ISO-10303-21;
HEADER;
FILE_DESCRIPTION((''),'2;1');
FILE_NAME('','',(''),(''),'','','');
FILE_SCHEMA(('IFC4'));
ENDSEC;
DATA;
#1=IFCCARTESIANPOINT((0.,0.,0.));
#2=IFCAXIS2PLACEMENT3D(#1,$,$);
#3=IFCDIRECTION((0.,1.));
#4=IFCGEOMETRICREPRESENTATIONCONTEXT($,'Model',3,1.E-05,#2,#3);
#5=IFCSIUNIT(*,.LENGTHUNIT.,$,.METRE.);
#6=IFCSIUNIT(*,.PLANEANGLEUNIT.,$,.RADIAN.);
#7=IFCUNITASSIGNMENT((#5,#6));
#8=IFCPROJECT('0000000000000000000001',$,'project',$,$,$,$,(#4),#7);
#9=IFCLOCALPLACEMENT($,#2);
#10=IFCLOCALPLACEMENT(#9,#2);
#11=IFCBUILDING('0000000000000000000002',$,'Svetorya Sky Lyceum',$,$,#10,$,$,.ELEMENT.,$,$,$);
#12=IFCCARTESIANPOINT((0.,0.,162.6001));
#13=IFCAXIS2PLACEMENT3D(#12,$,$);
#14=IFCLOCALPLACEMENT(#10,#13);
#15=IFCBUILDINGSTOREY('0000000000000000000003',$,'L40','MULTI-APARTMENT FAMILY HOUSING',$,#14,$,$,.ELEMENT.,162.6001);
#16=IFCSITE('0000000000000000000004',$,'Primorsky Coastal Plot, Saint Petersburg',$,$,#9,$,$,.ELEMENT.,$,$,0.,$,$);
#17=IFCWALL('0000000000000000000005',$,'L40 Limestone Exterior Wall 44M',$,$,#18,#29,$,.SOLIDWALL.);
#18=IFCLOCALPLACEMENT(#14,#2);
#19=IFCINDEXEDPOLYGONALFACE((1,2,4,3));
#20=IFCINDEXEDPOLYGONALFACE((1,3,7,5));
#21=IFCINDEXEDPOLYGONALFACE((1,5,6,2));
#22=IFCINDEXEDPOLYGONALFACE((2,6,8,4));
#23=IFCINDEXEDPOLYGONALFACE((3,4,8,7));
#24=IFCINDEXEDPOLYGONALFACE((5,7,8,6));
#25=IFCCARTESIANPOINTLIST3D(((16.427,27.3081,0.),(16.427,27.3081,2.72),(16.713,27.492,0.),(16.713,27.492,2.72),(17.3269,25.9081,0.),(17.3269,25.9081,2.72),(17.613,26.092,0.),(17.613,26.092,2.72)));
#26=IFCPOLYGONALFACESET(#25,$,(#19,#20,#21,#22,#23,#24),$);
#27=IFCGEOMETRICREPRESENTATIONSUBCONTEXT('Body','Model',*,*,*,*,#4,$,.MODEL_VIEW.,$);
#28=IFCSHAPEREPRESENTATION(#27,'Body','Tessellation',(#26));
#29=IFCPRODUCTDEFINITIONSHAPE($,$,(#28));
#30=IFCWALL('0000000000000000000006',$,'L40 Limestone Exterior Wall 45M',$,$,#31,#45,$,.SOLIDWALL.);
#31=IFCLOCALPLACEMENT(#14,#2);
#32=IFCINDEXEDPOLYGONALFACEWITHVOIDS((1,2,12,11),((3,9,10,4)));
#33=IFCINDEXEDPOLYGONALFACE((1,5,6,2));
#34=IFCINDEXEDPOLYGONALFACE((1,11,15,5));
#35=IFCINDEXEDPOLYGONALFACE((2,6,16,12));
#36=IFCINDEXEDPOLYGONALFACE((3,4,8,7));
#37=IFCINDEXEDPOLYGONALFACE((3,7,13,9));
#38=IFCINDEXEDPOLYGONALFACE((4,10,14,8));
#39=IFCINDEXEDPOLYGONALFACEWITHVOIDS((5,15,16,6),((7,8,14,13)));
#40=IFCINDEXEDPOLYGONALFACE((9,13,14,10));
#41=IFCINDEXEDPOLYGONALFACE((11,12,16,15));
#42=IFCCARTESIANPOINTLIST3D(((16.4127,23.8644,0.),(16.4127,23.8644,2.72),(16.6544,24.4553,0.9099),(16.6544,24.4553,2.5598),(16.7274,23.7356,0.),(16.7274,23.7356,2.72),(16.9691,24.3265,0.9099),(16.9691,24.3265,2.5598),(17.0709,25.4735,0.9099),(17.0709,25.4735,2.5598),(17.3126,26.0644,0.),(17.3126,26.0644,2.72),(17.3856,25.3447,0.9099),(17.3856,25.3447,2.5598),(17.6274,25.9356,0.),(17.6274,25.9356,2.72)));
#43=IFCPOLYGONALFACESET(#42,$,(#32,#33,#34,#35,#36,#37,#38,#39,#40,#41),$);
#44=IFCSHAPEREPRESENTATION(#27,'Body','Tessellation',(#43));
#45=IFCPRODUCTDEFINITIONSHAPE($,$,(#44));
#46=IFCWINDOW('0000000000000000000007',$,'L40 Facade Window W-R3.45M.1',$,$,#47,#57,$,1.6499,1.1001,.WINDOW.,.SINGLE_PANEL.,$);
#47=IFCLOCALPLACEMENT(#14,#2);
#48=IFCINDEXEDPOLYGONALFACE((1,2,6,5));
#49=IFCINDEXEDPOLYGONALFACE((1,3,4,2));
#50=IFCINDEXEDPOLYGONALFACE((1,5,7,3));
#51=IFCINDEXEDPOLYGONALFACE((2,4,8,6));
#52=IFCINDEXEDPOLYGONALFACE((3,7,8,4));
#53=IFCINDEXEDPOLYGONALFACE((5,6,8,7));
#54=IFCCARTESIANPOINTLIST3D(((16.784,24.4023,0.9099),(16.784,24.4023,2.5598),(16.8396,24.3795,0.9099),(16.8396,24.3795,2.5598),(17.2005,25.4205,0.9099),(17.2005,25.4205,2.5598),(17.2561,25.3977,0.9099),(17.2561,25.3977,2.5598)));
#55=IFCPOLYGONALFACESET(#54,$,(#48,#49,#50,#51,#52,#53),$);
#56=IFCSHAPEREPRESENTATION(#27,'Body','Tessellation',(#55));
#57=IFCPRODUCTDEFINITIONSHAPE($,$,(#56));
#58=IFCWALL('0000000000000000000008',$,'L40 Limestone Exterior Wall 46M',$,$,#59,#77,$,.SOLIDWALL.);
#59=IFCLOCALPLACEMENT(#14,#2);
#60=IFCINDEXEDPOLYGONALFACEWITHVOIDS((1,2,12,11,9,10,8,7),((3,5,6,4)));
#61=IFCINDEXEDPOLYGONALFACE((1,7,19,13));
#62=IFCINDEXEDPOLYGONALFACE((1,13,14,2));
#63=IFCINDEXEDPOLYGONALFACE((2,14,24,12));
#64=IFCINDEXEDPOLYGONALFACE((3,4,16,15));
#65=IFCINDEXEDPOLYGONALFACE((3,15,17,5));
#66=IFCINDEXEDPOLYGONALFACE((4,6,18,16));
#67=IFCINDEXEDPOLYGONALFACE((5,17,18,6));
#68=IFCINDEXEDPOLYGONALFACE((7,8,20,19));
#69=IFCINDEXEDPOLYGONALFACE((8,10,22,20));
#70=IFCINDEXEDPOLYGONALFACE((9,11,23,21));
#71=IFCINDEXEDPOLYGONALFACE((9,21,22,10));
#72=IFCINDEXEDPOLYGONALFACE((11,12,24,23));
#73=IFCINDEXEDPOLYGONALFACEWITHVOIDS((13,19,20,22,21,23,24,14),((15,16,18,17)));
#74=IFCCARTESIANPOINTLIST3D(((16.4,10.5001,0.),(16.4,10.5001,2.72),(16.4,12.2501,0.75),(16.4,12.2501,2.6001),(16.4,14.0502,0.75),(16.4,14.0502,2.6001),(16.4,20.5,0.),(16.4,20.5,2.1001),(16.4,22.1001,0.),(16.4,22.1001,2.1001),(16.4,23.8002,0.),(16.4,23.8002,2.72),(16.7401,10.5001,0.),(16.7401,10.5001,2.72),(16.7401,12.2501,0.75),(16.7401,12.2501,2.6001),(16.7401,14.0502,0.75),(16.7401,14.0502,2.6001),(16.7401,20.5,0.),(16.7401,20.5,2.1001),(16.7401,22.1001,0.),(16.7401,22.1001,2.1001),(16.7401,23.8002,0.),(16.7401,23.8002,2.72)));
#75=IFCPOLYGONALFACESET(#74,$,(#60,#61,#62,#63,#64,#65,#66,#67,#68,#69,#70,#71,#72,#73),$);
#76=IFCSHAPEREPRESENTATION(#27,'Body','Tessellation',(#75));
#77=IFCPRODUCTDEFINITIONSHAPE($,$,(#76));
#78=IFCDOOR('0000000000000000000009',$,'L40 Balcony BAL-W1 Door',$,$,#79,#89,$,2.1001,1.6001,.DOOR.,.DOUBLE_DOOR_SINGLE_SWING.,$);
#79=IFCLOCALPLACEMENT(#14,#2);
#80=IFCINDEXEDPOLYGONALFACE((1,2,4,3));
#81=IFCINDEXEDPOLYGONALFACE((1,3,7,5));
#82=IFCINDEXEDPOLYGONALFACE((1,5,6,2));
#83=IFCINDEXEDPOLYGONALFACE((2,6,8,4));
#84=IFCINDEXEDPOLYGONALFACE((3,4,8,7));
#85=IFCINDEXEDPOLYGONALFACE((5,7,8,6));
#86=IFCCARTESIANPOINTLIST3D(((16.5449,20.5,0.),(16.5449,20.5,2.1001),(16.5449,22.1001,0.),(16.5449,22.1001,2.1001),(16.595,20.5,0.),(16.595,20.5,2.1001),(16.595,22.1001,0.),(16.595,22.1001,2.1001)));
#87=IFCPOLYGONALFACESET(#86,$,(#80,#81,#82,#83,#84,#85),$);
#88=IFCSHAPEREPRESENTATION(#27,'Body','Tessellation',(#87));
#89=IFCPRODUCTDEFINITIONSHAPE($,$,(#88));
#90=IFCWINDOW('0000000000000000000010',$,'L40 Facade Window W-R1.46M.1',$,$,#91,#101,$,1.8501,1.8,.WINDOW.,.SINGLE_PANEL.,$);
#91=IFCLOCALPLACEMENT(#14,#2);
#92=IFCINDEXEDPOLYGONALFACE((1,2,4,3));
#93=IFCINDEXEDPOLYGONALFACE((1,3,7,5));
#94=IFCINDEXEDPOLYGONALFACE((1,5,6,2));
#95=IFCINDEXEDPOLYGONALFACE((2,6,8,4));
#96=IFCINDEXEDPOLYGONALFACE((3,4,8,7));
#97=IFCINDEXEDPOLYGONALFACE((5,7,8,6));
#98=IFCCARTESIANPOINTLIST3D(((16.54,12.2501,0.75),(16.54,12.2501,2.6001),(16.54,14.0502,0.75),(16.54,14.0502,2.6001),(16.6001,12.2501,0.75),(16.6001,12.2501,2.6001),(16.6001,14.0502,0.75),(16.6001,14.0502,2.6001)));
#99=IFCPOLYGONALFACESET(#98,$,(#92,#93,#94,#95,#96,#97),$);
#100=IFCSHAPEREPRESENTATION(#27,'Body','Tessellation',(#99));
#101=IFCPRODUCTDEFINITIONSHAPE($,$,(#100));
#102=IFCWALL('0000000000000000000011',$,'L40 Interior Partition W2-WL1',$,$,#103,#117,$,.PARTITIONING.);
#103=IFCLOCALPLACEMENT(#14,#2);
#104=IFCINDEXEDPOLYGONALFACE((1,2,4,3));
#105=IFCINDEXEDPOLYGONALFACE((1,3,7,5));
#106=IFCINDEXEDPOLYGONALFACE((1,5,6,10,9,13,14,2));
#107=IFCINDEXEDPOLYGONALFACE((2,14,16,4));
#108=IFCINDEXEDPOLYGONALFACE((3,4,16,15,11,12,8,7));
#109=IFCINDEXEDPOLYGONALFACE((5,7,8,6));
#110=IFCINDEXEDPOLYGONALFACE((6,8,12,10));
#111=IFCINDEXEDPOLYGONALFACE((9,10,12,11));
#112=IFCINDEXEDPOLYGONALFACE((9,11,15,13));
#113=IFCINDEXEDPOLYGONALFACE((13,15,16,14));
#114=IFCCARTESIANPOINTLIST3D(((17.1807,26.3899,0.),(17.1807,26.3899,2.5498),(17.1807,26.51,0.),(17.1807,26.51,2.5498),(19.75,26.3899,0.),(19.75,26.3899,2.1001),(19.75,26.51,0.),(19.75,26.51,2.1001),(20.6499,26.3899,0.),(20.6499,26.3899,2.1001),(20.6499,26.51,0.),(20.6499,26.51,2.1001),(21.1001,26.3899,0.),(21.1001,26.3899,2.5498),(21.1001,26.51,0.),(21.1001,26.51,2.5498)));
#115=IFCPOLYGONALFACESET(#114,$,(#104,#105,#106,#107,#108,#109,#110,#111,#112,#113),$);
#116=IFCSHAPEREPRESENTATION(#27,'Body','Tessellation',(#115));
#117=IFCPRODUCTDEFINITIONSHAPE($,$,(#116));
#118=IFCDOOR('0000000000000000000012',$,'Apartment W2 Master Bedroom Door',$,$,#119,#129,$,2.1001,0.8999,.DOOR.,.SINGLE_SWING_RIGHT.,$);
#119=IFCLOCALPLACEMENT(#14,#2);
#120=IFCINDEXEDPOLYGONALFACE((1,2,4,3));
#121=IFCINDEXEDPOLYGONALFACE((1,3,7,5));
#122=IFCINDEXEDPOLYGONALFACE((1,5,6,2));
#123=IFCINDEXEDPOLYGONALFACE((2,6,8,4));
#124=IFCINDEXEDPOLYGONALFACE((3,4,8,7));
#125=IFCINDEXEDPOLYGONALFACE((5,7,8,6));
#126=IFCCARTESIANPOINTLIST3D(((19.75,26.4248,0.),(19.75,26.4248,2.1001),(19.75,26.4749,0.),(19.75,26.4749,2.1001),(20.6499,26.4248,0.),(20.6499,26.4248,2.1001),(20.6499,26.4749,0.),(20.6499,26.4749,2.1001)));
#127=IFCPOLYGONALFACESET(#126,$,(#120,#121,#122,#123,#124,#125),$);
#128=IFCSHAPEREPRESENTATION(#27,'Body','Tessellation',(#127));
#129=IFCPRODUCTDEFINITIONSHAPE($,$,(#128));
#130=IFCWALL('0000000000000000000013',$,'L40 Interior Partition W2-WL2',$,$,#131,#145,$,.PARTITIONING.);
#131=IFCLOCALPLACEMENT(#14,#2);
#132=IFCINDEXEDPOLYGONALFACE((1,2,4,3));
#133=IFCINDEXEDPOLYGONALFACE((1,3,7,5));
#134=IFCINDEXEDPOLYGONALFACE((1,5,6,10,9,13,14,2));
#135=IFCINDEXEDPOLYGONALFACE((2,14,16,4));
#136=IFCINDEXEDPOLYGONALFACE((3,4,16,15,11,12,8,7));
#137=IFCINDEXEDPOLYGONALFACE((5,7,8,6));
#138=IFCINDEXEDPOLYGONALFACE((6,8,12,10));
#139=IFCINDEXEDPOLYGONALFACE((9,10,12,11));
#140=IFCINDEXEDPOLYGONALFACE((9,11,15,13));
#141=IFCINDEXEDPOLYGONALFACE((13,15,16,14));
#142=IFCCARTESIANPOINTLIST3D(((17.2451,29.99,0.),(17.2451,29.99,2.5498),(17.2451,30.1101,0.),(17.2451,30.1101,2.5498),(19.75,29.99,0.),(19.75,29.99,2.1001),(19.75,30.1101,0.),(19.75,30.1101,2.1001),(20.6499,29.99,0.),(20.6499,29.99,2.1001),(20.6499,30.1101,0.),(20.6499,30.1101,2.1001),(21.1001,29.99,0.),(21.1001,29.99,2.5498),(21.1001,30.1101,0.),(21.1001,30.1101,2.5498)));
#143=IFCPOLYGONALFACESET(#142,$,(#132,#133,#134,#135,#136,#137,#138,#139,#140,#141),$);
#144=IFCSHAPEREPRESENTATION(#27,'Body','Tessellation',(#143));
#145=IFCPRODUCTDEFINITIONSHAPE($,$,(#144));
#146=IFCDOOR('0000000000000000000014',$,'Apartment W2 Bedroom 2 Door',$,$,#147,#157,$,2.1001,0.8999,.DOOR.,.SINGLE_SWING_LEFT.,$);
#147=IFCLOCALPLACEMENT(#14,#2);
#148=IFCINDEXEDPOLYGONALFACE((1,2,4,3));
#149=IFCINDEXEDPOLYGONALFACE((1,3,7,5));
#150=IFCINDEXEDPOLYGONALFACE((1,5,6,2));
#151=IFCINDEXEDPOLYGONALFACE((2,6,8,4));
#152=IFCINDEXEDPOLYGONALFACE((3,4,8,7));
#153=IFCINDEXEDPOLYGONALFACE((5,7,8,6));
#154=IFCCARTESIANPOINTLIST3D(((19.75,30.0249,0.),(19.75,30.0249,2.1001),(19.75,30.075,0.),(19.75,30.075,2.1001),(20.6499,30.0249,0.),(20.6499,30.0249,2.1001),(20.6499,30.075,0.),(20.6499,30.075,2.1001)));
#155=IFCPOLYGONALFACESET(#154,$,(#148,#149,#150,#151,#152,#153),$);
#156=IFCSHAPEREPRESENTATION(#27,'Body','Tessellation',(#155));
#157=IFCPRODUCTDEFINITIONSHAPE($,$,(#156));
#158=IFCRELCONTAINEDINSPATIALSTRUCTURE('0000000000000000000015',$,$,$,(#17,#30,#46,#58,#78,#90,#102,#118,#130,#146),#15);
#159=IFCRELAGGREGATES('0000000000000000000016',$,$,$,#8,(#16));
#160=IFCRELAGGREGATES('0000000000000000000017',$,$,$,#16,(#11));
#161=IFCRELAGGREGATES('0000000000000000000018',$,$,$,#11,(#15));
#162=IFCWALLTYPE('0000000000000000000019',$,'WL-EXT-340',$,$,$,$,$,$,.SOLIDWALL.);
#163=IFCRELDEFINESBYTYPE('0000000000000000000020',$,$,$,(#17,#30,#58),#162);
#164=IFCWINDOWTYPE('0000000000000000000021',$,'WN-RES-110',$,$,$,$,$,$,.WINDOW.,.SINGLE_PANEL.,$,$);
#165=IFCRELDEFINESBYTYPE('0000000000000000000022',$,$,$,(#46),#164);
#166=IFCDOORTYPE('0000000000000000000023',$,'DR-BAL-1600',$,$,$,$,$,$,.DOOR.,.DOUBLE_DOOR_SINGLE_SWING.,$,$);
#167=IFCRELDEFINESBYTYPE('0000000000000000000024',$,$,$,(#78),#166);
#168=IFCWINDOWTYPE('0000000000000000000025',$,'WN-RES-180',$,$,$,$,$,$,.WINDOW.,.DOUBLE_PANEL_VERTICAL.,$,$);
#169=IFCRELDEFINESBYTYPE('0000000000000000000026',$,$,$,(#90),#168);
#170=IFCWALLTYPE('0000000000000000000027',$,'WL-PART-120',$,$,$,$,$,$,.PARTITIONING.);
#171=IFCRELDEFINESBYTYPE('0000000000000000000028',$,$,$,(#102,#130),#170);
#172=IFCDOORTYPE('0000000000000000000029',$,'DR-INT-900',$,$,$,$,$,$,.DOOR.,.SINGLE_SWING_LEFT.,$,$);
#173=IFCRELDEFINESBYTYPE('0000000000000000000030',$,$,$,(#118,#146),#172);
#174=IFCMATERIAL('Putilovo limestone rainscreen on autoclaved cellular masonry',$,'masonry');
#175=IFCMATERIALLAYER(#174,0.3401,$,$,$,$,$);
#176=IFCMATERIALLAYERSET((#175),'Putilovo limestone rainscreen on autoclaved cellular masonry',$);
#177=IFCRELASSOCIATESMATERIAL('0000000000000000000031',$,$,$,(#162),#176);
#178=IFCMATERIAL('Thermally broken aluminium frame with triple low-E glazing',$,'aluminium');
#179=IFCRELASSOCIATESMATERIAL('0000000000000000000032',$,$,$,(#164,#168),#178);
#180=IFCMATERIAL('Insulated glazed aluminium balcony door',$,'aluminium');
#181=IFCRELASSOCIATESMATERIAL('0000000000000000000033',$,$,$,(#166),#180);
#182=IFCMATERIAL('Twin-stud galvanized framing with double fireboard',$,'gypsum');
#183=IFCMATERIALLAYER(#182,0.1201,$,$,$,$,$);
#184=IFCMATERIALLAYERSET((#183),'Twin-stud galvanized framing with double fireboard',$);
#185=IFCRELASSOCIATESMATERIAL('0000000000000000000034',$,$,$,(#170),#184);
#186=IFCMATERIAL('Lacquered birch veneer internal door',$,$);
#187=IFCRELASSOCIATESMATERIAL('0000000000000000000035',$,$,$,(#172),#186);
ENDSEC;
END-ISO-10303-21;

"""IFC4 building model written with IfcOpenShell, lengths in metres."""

from ifc_helpers import new_model, si_unit, direction, frame, frame_2d, origin, place, context, subcontext, project, spatial, rectangle, extrude, material, layer, layer_set, type_object, element, fill, save


model = new_model("IFC4")

# Units and contexts
model_context = context("Model", 3, precision=1e-05, world=origin(), true_north=direction((0.0, 1.0)))
body_context = subcontext(model_context, "Body", "Model", "MODEL_VIEW")
ifc_project = project(units=[si_unit("LENGTHUNIT", "METRE"), si_unit("PLANEANGLEUNIT", "RADIAN")], contexts=[model_context])

# Site, building, storey
site_placement = place(None, origin())
site = spatial("IfcSite", under=ifc_project, at=site_placement, Name="Primorsky Coastal Plot, Saint Petersburg", CompositionType="ELEMENT", RefElevation=0.0)
building_placement = place(site_placement, origin())
building = spatial("IfcBuilding", under=site, at=building_placement, Name="Svetorya Sky Lyceum", CompositionType="ELEMENT")
storey_placement = place(building_placement, frame((0.0, 0.0, 162.6001)))
storey = spatial("IfcBuildingStorey", under=building, at=storey_placement, Name="L40", Description="MULTI-APARTMENT FAMILY HOUSING", CompositionType="ELEMENT", Elevation=162.6001)

# Shared definitions
ifc_material_1 = material(Name="Putilovo limestone rainscreen on autoclaved cellular masonry", Category="masonry")
ifc_layer_1 = layer(ifc_material_1, 0.3401)
ifc_layer_set_1 = layer_set([ifc_layer_1], Name="Putilovo limestone rainscreen on autoclaved cellular masonry")
wall_type_1 = type_object("IfcWallType", Name="WL-EXT-340", PredefinedType="SOLIDWALL", material=ifc_layer_set_1)
ifc_material_2 = material(Name="Thermally broken aluminium frame with triple low-E glazing", Category="aluminium")
window_type_1 = type_object("IfcWindowType", Name="WN-RES-110", PartitioningType="SINGLE_PANEL", PredefinedType="WINDOW", material=ifc_material_2)

# Wall
wall_1_placement = place(storey_placement, frame((16.5701, 27.3999, 0.0), z_axis=(0.0, 0.0, 1.0), x_axis=(0.540743, -0.841188, 0.0)))
element("IfcWall", 1, at=wall_1_placement, inside=storey, type_object=wall_type_1, Name="L40 Limestone Exterior Wall 44M", PredefinedType="SOLIDWALL", context=body_context, shape_type="SweptSolid", body=[
    extrude(rectangle(XDim=1.6643, YDim=0.3401, at=frame_2d((0.832, 0.0))), origin(), (0.0, 0.0, 1.0), 2.72),
])

# Wall, opening, window
wall_2_placement = place(storey_placement, frame((17.47, 26.0, 0.0), z_axis=(0.0, 0.0, 1.0), x_axis=(-0.378605, -0.925558, 0.0)))
wall_2 = element("IfcWall", 2, at=wall_2_placement, inside=storey, type_object=wall_type_1, Name="L40 Limestone Exterior Wall 45M", PredefinedType="SOLIDWALL", context=body_context, shape_type="SweptSolid", body=[
    extrude(rectangle(XDim=2.377, YDim=0.3401, at=frame_2d((1.1885, 0.0))), origin(), (0.0, 0.0, 1.0), 2.72),
])
opening_1_placement = place(wall_2_placement, frame((0.6384, 0.0, 0.9099)))
opening_1 = element("IfcOpeningElement", 3, at=opening_1_placement, cuts=wall_2, PredefinedType="OPENING", context=body_context, shape_type="SweptSolid", body=[
    extrude(rectangle(XDim=1.1001, YDim=1.6499, at=frame_2d((0.55, 0.825))), frame((0.0, 0.1799, 0.0), z_axis=(0.0, -1.0, 0.0), x_axis=(1.0, 0.0, 0.0)), (0.0, 0.0, 1.0), 0.3601),
])
window_1_placement = place(opening_1_placement, origin())
window_1 = element("IfcWindow", 4, at=window_1_placement, inside=storey, type_object=window_type_1, Name="L40 Facade Window W-R3.45M.1", OverallHeight=1.6499, OverallWidth=1.1001, PartitioningType="SINGLE_PANEL", PredefinedType="WINDOW", context=body_context, shape_type="SweptSolid", body=[
    extrude(rectangle(XDim=1.1001, YDim=1.6499, at=frame_2d((0.55, 0.825))), frame((0.0, 0.03, 0.0), z_axis=(0.0, -1.0, 0.0), x_axis=(1.0, 0.0, 0.0)), (0.0, 0.0, 1.0), 0.0601),
])
fill(opening_1, window_1)

# Wall, openings, door, window
wall_3_placement = place(storey_placement, frame((16.5701, 23.8, 0.0), z_axis=(0.0, 0.0, 1.0), x_axis=(0.0, -1.0, 0.0)))
wall_3 = element("IfcWall", 5, at=wall_3_placement, inside=storey, type_object=wall_type_1, Name="L40 Limestone Exterior Wall 46M", PredefinedType="SOLIDWALL", context=body_context, shape_type="SweptSolid", body=[
    extrude(rectangle(XDim=13.3, YDim=0.3401, at=frame_2d((6.6499, 0.0))), origin(), (0.0, 0.0, 1.0), 2.72),
])
opening_2_placement = place(wall_3_placement, frame((1.7, 0.0, 0.0)))
opening_2 = element("IfcOpeningElement", 6, at=opening_2_placement, cuts=wall_3, PredefinedType="OPENING", context=body_context, shape_type="SweptSolid", body=[
    extrude(rectangle(XDim=1.6001, YDim=2.1001, at=frame_2d((0.8, 1.05))), frame((0.0, 0.1799, 0.0), z_axis=(0.0, -1.0, 0.0), x_axis=(1.0, 0.0, 0.0)), (0.0, 0.0, 1.0), 0.3601),
])
opening_3_placement = place(wall_3_placement, frame((9.75, 0.0, 0.75)))
opening_3 = element("IfcOpeningElement", 7, at=opening_3_placement, cuts=wall_3, PredefinedType="OPENING", context=body_context, shape_type="SweptSolid", body=[
    extrude(rectangle(XDim=1.8, YDim=1.8501, at=frame_2d((0.8999, 0.925))), frame((0.0, 0.1799, 0.0), z_axis=(0.0, -1.0, 0.0), x_axis=(1.0, 0.0, 0.0)), (0.0, 0.0, 1.0), 0.3601),
])
ifc_material_3 = material(Name="Insulated glazed aluminium balcony door", Category="aluminium")
door_type_1 = type_object("IfcDoorType", Name="DR-BAL-1600", OperationType="DOUBLE_DOOR_SINGLE_SWING", PredefinedType="DOOR", material=ifc_material_3)
door_1_placement = place(opening_2_placement, origin())
door_1 = element("IfcDoor", 8, at=door_1_placement, inside=storey, type_object=door_type_1, Name="L40 Balcony BAL-W1 Door", OperationType="DOUBLE_DOOR_SINGLE_SWING", OverallHeight=2.1001, OverallWidth=1.6001, PredefinedType="DOOR", context=body_context, shape_type="SweptSolid", body=[
    extrude(rectangle(XDim=1.6001, YDim=2.1001, at=frame_2d((0.8, 1.05))), frame((0.0, 0.0249, 0.0), z_axis=(0.0, -1.0, 0.0), x_axis=(1.0, 0.0, 0.0)), (0.0, 0.0, 1.0), 0.05),
])
fill(opening_2, door_1)
window_type_2 = type_object("IfcWindowType", Name="WN-RES-180", PartitioningType="DOUBLE_PANEL_VERTICAL", PredefinedType="WINDOW", material=ifc_material_2)
window_2_placement = place(opening_3_placement, origin())
window_2 = element("IfcWindow", 9, at=window_2_placement, inside=storey, type_object=window_type_2, Name="L40 Facade Window W-R1.46M.1", OverallHeight=1.8501, OverallWidth=1.8, PartitioningType="SINGLE_PANEL", PredefinedType="WINDOW", context=body_context, shape_type="SweptSolid", body=[
    extrude(rectangle(XDim=1.8, YDim=1.8501, at=frame_2d((0.8999, 0.925))), frame((0.0, 0.03, 0.0), z_axis=(0.0, -1.0, 0.0), x_axis=(1.0, 0.0, 0.0)), (0.0, 0.0, 1.0), 0.0601),
])
fill(opening_3, window_2)

# Walls, openings, doors
ifc_material_4 = material(Name="Twin-stud galvanized framing with double fireboard", Category="gypsum")
ifc_layer_2 = layer(ifc_material_4, 0.1201)
ifc_layer_set_2 = layer_set([ifc_layer_2], Name="Twin-stud galvanized framing with double fireboard")
wall_type_2 = type_object("IfcWallType", Name="WL-PART-120", PredefinedType="PARTITIONING", material=ifc_layer_set_2)
wall_4_placement = place(storey_placement, frame((17.1807, 26.45, 0.0), z_axis=(0.0, 0.0, 1.0), x_axis=(1.0, 0.0, 0.0)))
wall_4 = element("IfcWall", 10, at=wall_4_placement, inside=storey, type_object=wall_type_2, Name="L40 Interior Partition W2-WL1", PredefinedType="PARTITIONING", context=body_context, shape_type="SweptSolid", body=[
    extrude(rectangle(XDim=3.9194, YDim=0.1201, at=frame_2d((1.9597, 0.0))), origin(), (0.0, 0.0, 1.0), 2.5498),
])
opening_4_placement = place(wall_4_placement, frame((2.5693, 0.0, 0.0)))
opening_4 = element("IfcOpeningElement", 11, at=opening_4_placement, cuts=wall_4, PredefinedType="OPENING", context=body_context, shape_type="SweptSolid", body=[
    extrude(rectangle(XDim=0.8999, YDim=2.1001, at=frame_2d((0.45, 1.05))), frame((0.0, 0.0701, 0.0), z_axis=(0.0, -1.0, 0.0), x_axis=(1.0, 0.0, 0.0)), (0.0, 0.0, 1.0), 0.1401),
])
ifc_material_5 = material(Name="Lacquered birch veneer internal door")
door_type_2 = type_object("IfcDoorType", Name="DR-INT-900", OperationType="SINGLE_SWING_LEFT", PredefinedType="DOOR", material=ifc_material_5)
door_2_placement = place(opening_4_placement, origin())
door_2 = element("IfcDoor", 12, at=door_2_placement, inside=storey, type_object=door_type_2, Name="Apartment W2 Master Bedroom Door", OperationType="SINGLE_SWING_RIGHT", OverallHeight=2.1001, OverallWidth=0.8999, PredefinedType="DOOR", context=body_context, shape_type="SweptSolid", body=[
    extrude(rectangle(XDim=0.8999, YDim=2.1001, at=frame_2d((0.45, 1.05))), frame((0.0, 0.0249, 0.0), z_axis=(0.0, -1.0, 0.0), x_axis=(1.0, 0.0, 0.0)), (0.0, 0.0, 1.0), 0.05),
])
fill(opening_4, door_2)
wall_5_placement = place(storey_placement, frame((17.2451, 30.05, 0.0), z_axis=(0.0, 0.0, 1.0), x_axis=(1.0, 0.0, 0.0)))
wall_5 = element("IfcWall", 13, at=wall_5_placement, inside=storey, type_object=wall_type_2, Name="L40 Interior Partition W2-WL2", PredefinedType="PARTITIONING", context=body_context, shape_type="SweptSolid", body=[
    extrude(rectangle(XDim=3.855, YDim=0.1201, at=frame_2d((1.9275, 0.0))), origin(), (0.0, 0.0, 1.0), 2.5498),
])
opening_5_placement = place(wall_5_placement, frame((2.5049, 0.0, 0.0)))
opening_5 = element("IfcOpeningElement", 14, at=opening_5_placement, cuts=wall_5, PredefinedType="OPENING", context=body_context, shape_type="SweptSolid", body=[
    extrude(rectangle(XDim=0.8999, YDim=2.1001, at=frame_2d((0.45, 1.05))), frame((0.0, 0.0701, 0.0), z_axis=(0.0, -1.0, 0.0), x_axis=(1.0, 0.0, 0.0)), (0.0, 0.0, 1.0), 0.1401),
])
door_3_placement = place(opening_5_placement, origin())
door_3 = element("IfcDoor", 15, at=door_3_placement, inside=storey, type_object=door_type_2, Name="Apartment W2 Bedroom 2 Door", OperationType="SINGLE_SWING_LEFT", OverallHeight=2.1001, OverallWidth=0.8999, PredefinedType="DOOR", context=body_context, shape_type="SweptSolid", body=[
    extrude(rectangle(XDim=0.8999, YDim=2.1001, at=frame_2d((0.45, 1.05))), frame((0.0, 0.0249, 0.0), z_axis=(0.0, -1.0, 0.0), x_axis=(1.0, 0.0, 0.0)), (0.0, 0.0, 1.0), 0.05),
])
fill(opening_5, door_3)

save(model, "model.ifc")
